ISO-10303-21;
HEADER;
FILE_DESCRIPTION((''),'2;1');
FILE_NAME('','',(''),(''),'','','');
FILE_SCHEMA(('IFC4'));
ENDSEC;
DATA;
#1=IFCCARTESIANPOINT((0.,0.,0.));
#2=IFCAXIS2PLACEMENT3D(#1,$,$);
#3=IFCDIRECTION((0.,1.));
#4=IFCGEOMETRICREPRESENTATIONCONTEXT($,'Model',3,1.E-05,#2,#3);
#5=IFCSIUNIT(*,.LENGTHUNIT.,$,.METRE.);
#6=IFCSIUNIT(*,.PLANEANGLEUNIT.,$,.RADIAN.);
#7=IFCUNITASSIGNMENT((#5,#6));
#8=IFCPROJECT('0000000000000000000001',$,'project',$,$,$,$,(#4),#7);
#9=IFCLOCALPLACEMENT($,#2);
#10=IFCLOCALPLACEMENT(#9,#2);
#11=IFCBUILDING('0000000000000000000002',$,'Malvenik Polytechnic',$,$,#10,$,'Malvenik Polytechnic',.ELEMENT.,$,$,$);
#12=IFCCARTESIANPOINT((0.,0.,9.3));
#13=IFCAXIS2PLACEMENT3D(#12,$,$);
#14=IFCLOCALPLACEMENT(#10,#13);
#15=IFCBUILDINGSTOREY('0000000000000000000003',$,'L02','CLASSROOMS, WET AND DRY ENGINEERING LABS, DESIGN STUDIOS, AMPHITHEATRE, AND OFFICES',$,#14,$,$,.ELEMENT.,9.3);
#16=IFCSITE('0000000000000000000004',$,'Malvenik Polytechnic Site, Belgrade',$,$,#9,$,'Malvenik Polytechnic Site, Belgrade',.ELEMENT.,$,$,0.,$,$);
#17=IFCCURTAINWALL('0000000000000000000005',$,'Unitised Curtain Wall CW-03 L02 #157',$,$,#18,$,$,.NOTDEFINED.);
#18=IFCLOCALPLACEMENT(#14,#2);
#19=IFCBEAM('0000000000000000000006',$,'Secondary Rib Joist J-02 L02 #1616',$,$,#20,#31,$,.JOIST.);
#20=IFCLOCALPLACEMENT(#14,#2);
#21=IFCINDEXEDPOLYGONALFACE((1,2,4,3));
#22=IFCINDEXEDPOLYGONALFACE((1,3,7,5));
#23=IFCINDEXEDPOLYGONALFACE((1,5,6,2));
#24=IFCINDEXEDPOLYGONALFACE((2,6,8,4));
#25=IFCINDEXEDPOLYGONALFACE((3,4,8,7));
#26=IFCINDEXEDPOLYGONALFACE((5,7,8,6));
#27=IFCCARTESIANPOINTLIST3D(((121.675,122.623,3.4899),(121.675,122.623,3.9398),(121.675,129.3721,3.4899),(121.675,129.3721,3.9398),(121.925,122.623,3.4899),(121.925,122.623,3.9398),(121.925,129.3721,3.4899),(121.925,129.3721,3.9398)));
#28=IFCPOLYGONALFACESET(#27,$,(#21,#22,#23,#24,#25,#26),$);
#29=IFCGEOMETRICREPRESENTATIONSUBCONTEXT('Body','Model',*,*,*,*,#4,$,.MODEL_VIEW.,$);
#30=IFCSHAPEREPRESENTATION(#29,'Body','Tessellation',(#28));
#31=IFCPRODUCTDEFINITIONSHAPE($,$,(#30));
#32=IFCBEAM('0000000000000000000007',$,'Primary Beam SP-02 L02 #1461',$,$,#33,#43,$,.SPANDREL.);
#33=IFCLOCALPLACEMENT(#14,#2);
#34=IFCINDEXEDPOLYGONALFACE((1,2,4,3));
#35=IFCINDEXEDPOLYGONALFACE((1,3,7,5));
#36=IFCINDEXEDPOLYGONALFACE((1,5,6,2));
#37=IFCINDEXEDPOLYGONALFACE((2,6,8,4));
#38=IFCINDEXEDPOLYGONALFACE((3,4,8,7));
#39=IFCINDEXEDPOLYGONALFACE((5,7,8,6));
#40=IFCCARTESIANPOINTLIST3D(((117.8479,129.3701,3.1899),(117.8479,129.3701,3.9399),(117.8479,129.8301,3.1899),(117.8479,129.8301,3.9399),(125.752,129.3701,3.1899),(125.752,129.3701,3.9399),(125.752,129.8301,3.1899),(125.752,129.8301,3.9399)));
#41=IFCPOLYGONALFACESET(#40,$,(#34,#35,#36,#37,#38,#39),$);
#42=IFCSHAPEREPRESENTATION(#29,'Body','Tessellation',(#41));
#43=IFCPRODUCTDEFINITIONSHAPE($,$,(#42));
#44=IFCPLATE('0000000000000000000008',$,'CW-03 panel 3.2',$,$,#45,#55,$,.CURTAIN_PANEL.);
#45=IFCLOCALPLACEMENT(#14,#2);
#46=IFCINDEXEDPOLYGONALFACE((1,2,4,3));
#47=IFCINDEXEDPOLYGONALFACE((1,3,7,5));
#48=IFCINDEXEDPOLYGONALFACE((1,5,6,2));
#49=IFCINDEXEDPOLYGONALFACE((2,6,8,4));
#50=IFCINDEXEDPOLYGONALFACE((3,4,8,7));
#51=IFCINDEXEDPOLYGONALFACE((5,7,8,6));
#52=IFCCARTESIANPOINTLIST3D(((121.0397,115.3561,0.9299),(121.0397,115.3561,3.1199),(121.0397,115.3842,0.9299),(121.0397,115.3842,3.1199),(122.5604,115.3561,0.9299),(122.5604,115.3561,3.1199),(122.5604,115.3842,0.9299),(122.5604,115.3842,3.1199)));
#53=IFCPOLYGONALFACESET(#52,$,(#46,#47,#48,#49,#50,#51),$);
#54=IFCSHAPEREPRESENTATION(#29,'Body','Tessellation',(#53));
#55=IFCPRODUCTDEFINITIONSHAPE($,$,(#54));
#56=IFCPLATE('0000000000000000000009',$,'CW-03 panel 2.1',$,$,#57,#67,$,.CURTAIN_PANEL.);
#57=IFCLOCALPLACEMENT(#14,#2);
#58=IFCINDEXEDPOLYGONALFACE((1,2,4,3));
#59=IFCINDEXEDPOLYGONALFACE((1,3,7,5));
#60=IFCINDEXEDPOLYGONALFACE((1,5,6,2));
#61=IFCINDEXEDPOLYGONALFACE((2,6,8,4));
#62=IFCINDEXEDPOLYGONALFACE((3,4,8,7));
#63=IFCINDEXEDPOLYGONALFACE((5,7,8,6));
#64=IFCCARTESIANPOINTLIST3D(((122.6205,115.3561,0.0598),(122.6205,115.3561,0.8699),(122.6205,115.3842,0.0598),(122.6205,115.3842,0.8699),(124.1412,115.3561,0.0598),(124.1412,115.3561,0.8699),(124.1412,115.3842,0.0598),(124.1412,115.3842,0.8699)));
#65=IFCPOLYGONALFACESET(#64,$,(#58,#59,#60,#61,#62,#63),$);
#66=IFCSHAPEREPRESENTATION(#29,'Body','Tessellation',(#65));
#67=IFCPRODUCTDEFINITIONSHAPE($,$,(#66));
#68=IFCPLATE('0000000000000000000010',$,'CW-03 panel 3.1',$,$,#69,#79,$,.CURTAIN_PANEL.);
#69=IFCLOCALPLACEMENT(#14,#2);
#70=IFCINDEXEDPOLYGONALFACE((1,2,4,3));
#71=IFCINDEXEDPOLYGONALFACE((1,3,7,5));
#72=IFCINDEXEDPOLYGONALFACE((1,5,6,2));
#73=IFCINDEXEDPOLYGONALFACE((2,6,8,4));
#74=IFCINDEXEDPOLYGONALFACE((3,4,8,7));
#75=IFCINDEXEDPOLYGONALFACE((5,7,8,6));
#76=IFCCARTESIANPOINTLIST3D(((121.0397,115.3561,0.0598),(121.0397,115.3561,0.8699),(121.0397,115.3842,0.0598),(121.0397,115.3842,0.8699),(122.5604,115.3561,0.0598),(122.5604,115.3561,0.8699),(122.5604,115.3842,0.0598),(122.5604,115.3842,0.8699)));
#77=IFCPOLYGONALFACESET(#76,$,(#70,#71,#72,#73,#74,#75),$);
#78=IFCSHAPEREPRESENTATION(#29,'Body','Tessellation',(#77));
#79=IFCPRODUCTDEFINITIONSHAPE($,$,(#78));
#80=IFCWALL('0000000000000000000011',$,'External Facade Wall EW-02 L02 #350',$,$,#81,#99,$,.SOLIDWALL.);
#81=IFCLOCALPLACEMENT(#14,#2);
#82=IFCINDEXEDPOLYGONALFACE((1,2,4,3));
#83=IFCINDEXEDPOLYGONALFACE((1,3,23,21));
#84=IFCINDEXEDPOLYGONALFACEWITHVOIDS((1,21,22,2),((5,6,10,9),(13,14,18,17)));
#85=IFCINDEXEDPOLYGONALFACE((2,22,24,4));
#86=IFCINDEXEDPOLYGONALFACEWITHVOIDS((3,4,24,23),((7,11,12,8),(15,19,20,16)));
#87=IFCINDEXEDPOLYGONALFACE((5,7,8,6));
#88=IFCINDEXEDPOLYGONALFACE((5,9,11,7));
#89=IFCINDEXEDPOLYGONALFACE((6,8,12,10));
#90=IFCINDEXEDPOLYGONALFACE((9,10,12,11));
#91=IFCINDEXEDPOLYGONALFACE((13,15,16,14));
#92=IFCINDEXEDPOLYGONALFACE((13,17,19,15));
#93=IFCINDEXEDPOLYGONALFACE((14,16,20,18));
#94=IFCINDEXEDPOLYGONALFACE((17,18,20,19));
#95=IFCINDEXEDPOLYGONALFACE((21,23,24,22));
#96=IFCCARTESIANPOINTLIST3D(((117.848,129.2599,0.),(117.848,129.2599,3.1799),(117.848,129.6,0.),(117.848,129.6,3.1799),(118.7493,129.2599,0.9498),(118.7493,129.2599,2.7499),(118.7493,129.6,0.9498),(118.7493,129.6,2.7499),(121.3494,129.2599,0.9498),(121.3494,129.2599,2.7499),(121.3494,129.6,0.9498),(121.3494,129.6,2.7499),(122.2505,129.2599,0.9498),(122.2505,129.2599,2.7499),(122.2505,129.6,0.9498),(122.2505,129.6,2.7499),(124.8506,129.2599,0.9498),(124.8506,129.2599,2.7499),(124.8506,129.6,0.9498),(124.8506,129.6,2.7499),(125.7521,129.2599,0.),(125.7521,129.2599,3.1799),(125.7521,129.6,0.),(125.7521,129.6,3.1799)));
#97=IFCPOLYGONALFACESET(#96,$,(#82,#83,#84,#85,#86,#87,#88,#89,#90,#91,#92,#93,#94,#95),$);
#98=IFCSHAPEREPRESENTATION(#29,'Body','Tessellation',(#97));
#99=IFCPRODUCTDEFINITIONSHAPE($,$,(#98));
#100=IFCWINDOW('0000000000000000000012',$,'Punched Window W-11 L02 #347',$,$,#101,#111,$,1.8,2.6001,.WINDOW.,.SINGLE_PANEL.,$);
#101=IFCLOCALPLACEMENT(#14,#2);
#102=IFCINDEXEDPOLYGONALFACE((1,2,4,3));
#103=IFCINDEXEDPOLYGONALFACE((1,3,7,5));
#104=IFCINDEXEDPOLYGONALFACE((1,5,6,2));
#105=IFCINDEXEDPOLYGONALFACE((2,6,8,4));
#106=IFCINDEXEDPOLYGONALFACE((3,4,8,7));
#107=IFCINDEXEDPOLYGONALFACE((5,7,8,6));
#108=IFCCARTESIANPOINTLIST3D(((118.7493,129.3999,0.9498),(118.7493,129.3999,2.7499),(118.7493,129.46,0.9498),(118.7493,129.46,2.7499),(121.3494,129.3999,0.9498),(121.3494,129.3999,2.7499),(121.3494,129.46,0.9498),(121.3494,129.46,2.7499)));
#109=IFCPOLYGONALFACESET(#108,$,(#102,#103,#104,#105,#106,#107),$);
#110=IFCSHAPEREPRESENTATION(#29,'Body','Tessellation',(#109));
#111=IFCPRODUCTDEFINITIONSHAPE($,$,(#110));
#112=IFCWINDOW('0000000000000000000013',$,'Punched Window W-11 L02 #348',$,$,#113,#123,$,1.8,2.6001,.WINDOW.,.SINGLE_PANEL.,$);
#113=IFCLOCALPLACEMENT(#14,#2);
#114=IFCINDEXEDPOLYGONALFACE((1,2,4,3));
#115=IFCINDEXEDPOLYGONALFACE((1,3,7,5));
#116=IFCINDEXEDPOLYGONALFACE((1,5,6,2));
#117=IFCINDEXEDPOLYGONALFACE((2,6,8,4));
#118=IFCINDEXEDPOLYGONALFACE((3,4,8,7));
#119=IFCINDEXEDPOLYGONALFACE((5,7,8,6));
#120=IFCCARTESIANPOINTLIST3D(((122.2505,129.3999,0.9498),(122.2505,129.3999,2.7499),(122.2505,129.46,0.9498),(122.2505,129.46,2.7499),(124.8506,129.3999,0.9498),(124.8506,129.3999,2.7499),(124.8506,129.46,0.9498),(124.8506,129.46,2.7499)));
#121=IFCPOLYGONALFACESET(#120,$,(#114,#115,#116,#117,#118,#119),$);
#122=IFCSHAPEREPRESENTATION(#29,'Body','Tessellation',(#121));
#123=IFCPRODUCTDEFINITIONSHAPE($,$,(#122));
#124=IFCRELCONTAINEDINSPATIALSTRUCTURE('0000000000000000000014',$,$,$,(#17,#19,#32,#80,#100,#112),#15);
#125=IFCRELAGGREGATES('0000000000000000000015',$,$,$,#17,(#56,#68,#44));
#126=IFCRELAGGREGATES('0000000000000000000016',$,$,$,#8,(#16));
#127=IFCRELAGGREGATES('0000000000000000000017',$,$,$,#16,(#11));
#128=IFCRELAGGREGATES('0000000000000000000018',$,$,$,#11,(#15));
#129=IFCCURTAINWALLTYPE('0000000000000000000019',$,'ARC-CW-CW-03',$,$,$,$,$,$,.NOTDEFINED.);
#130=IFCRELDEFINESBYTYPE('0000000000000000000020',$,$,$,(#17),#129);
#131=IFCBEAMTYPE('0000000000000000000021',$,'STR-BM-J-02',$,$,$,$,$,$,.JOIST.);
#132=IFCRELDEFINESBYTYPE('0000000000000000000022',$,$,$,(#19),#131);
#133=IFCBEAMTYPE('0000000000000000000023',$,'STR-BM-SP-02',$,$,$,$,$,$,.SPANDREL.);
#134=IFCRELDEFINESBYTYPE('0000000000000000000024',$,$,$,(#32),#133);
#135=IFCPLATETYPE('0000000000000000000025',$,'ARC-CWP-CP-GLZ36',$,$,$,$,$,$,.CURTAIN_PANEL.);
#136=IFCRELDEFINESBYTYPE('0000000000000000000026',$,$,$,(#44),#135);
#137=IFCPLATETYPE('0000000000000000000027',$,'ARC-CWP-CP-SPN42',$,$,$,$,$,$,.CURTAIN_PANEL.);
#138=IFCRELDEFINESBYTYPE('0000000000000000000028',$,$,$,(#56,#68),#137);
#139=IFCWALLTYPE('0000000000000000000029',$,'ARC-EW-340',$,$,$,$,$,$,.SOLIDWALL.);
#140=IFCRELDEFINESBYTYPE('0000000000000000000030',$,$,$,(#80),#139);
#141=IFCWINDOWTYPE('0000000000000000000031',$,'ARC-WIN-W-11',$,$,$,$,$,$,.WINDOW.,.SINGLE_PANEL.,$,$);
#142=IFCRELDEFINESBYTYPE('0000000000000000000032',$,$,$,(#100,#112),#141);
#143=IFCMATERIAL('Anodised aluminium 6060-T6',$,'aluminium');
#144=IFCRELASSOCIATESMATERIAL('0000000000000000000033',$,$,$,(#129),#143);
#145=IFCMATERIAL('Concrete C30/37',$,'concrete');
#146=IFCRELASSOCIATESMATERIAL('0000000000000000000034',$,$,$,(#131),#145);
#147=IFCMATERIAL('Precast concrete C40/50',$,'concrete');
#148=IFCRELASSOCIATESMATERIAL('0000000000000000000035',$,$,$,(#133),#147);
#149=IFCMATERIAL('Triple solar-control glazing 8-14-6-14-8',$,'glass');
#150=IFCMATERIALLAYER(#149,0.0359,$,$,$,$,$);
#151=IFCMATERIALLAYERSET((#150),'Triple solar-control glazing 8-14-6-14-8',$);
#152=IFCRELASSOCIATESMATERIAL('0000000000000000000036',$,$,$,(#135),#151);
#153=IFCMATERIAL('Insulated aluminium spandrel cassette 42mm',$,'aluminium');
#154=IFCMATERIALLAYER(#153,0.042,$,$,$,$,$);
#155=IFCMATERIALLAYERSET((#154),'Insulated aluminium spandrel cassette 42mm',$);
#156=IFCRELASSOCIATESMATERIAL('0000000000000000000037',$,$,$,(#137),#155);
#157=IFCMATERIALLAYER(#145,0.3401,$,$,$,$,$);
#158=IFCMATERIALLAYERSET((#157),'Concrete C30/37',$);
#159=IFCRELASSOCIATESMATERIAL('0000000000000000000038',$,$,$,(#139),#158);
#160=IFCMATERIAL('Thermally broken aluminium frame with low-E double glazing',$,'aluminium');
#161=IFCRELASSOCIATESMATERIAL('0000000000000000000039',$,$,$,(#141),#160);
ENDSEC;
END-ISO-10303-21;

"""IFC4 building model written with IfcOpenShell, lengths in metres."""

from ifc_helpers import new_model, si_unit, direction, frame, frame_2d, origin, origin_2d, place, context, subcontext, project, spatial, rectangle, extrude, material, layer, layer_set, material_profile, profile_set, type_object, element, fill, aggregate, save


model = new_model("IFC4")

# Units and contexts
model_context = context("Model", 3, precision=1e-05, world=origin(), true_north=direction((0.0, 1.0)))
body_context = subcontext(model_context, "Body", "Model", "MODEL_VIEW")
ifc_project = project(units=[si_unit("LENGTHUNIT", "METRE"), si_unit("PLANEANGLEUNIT", "RADIAN")], contexts=[model_context])

# Site, building, storey
site_placement = place(None, origin())
site = spatial("IfcSite", under=ifc_project, at=site_placement, Name="Malvenik Polytechnic Site, Belgrade", LongName="Malvenik Polytechnic Site, Belgrade", CompositionType="ELEMENT", RefElevation=0.0)
building_placement = place(site_placement, origin())
building = spatial("IfcBuilding", under=site, at=building_placement, Name="Malvenik Polytechnic", LongName="Malvenik Polytechnic", CompositionType="ELEMENT")
storey_placement = place(building_placement, frame((0.0, 0.0, 9.3)))
storey = spatial("IfcBuildingStorey", under=building, at=storey_placement, Name="L02", Description="CLASSROOMS, WET AND DRY ENGINEERING LABS, DESIGN STUDIOS, AMPHITHEATRE, AND OFFICES", CompositionType="ELEMENT", Elevation=9.3)

# Curtain wall
ifc_material_1 = material(Name="Anodised aluminium 6060-T6", Category="aluminium")
curtain_wall_type = type_object("IfcCurtainWallType", Name="ARC-CW-CW-03", PredefinedType="NOTDEFINED", material=ifc_material_1)
curtain_wall_placement = place(storey_placement, origin())
curtain_wall = element("IfcCurtainWall", 1, at=curtain_wall_placement, inside=storey, type_object=curtain_wall_type, Name="Unitised Curtain Wall CW-03 L02 #157", PredefinedType="NOTDEFINED")

# Beams
ifc_material_2 = material(Name="Concrete C30/37", Category="concrete")
ifc_material_profile_1 = material_profile(ifc_material_2, rectangle(XDim=0.25, YDim=0.45, at=origin_2d()), Name="RC JST 250x450")
ifc_profile_set_1 = profile_set([ifc_material_profile_1], Name="Concrete C30/37")
beam_type_1 = type_object("IfcBeamType", Name="STR-BM-J-02", PredefinedType="JOIST", material=ifc_profile_set_1)
for number, where, z_axis, x_axis, name in (
    (2, (121.8, 122.623, 3.7148), (0.0, 1.0, 0.0), (-1.0, 0.0, 0.0), "Secondary Rib Joist J-02 L02 #1616"),
):
    element("IfcBeam", number, at=place(storey_placement, frame(where, z_axis=z_axis, x_axis=x_axis)), inside=storey, type_object=beam_type_1, Name=name, PredefinedType="JOIST", context=body_context, shape_type="SweptSolid", body=[
        extrude(rectangle(XDim=0.25, YDim=0.45, at=origin_2d()), origin(), (0.0, 0.0, 1.0), 6.749),
    ])
ifc_material_3 = material(Name="Precast concrete C40/50", Category="concrete")
ifc_material_profile_2 = material_profile(ifc_material_3, rectangle(XDim=0.46, YDim=0.75, at=origin_2d()), Name="PC SPN 460x750")
ifc_profile_set_2 = profile_set([ifc_material_profile_2], Name="Precast concrete C40/50")
beam_type_2 = type_object("IfcBeamType", Name="STR-BM-SP-02", PredefinedType="SPANDREL", material=ifc_profile_set_2)
beam_1_placement = place(storey_placement, frame((117.8479, 129.6001, 3.5649), z_axis=(1.0, 0.0, 0.0), x_axis=(0.0, 1.0, 0.0)))
element("IfcBeam", 3, at=beam_1_placement, inside=storey, type_object=beam_type_2, Name="Primary Beam SP-02 L02 #1461", PredefinedType="SPANDREL", context=body_context, shape_type="SweptSolid", body=[
    extrude(rectangle(XDim=0.46, YDim=0.75, at=origin_2d()), origin(), (0.0, 0.0, 1.0), 7.9041),
])

# Plates
ifc_material_4 = material(Name="Triple solar-control glazing 8-14-6-14-8", Category="glass")
ifc_layer_1 = layer(ifc_material_4, 0.0359)
ifc_layer_set_1 = layer_set([ifc_layer_1], Name="Triple solar-control glazing 8-14-6-14-8")
plate_type_1 = type_object("IfcPlateType", Name="ARC-CWP-CP-GLZ36", PredefinedType="CURTAIN_PANEL", material=ifc_layer_set_1)
plate_1_placement = place(storey_placement, frame((121.8, 115.3701, 0.9299), z_axis=(0.0, 0.0, 1.0), x_axis=(-1.0, 0.0, 0.0)))
plate_1 = element("IfcPlate", 4, at=plate_1_placement, type_object=plate_type_1, Name="CW-03 panel 3.2", PredefinedType="CURTAIN_PANEL", context=body_context, shape_type="SweptSolid", body=[
    extrude(rectangle(XDim=1.5208, YDim=0.0281, at=origin_2d()), origin(), (0.0, 0.0, 1.0), 2.1899),
])
ifc_material_5 = material(Name="Insulated aluminium spandrel cassette 42mm", Category="aluminium")
ifc_layer_2 = layer(ifc_material_5, 0.042)
ifc_layer_set_2 = layer_set([ifc_layer_2], Name="Insulated aluminium spandrel cassette 42mm")
plate_type_2 = type_object("IfcPlateType", Name="ARC-CWP-CP-SPN42", PredefinedType="CURTAIN_PANEL", material=ifc_layer_set_2)
plate_2_placement = place(storey_placement, frame((123.3809, 115.3701, 0.0598), z_axis=(0.0, 0.0, 1.0), x_axis=(-1.0, 0.0, 0.0)))
plate_2 = element("IfcPlate", 5, at=plate_2_placement, type_object=plate_type_2, Name="CW-03 panel 2.1", PredefinedType="CURTAIN_PANEL", context=body_context, shape_type="SweptSolid", body=[
    extrude(rectangle(XDim=1.5208, YDim=0.0281, at=origin_2d()), origin(), (0.0, 0.0, 1.0), 0.8101),
])
plate_3_placement = place(storey_placement, frame((121.8, 115.3701, 0.0598), z_axis=(0.0, 0.0, 1.0), x_axis=(-1.0, 0.0, 0.0)))
plate_3 = element("IfcPlate", 6, at=plate_3_placement, type_object=plate_type_2, Name="CW-03 panel 3.1", PredefinedType="CURTAIN_PANEL", context=body_context, shape_type="SweptSolid", body=[
    extrude(rectangle(XDim=1.5208, YDim=0.0281, at=origin_2d()), origin(), (0.0, 0.0, 1.0), 0.8101),
])
aggregate(curtain_wall, [plate_2, plate_3, plate_1])

# Wall, openings, windows
ifc_layer_3 = layer(ifc_material_2, 0.3401)
ifc_layer_set_3 = layer_set([ifc_layer_3], Name="Concrete C30/37")
wall_type = type_object("IfcWallType", Name="ARC-EW-340", PredefinedType="SOLIDWALL", material=ifc_layer_set_3)
wall_placement = place(storey_placement, frame((117.8479, 129.4299, 0.0), z_axis=(0.0, 0.0, 1.0), x_axis=(1.0, 0.0, 0.0)))
wall = element("IfcWall", 7, at=wall_placement, inside=storey, type_object=wall_type, Name="External Facade Wall EW-02 L02 #350", PredefinedType="SOLIDWALL", context=body_context, shape_type="SweptSolid", body=[
    extrude(rectangle(XDim=7.9041, YDim=0.3401, at=frame_2d((3.9521, 0.0))), origin(), (0.0, 0.0, 1.0), 3.1799),
])
opening_1_placement = place(wall_placement, frame((0.9014, 0.0, 0.95)))
opening_1 = element("IfcOpeningElement", 8, at=opening_1_placement, cuts=wall, PredefinedType="OPENING", context=body_context, shape_type="SweptSolid", body=[
    extrude(rectangle(XDim=2.6001, YDim=1.8, at=frame_2d((1.3, 0.8999))), frame((0.0, 0.1802, 0.0), z_axis=(0.0, -1.0, 0.0), x_axis=(1.0, 0.0, 0.0)), (0.0, 0.0, 1.0), 0.3601),
])
opening_2_placement = place(wall_placement, frame((4.4026, 0.0, 0.95)))
opening_2 = element("IfcOpeningElement", 9, at=opening_2_placement, cuts=wall, PredefinedType="OPENING", context=body_context, shape_type="SweptSolid", body=[
    extrude(rectangle(XDim=2.6001, YDim=1.8, at=frame_2d((1.3, 0.8999))), frame((0.0, 0.1802, 0.0), z_axis=(0.0, -1.0, 0.0), x_axis=(1.0, 0.0, 0.0)), (0.0, 0.0, 1.0), 0.3601),
])
ifc_material_6 = material(Name="Thermally broken aluminium frame with low-E double glazing", Category="aluminium")
window_type = type_object("IfcWindowType", Name="ARC-WIN-W-11", PartitioningType="SINGLE_PANEL", PredefinedType="WINDOW", material=ifc_material_6)
window_1_placement = place(opening_1_placement, origin())
window_1 = element("IfcWindow", 10, at=window_1_placement, inside=storey, type_object=window_type, Name="Punched Window W-11 L02 #347", OverallHeight=1.8, OverallWidth=2.6001, PartitioningType="SINGLE_PANEL", PredefinedType="WINDOW", context=body_context, shape_type="SweptSolid", body=[
    extrude(rectangle(XDim=2.6001, YDim=1.8, at=frame_2d((1.3, 0.8999))), frame((0.0, 0.03, 0.0), z_axis=(0.0, -1.0, 0.0), x_axis=(1.0, 0.0, 0.0)), (0.0, 0.0, 1.0), 0.0601),
])
fill(opening_1, window_1)
window_2_placement = place(opening_2_placement, origin())
window_2 = element("IfcWindow", 11, at=window_2_placement, inside=storey, type_object=window_type, Name="Punched Window W-11 L02 #348", OverallHeight=1.8, OverallWidth=2.6001, PartitioningType="SINGLE_PANEL", PredefinedType="WINDOW", context=body_context, shape_type="SweptSolid", body=[
    extrude(rectangle(XDim=2.6001, YDim=1.8, at=frame_2d((1.3, 0.8999))), frame((0.0, 0.03, 0.0), z_axis=(0.0, -1.0, 0.0), x_axis=(1.0, 0.0, 0.0)), (0.0, 0.0, 1.0), 0.0601),
])
fill(opening_2, window_2)

save(model, "model.ifc")
